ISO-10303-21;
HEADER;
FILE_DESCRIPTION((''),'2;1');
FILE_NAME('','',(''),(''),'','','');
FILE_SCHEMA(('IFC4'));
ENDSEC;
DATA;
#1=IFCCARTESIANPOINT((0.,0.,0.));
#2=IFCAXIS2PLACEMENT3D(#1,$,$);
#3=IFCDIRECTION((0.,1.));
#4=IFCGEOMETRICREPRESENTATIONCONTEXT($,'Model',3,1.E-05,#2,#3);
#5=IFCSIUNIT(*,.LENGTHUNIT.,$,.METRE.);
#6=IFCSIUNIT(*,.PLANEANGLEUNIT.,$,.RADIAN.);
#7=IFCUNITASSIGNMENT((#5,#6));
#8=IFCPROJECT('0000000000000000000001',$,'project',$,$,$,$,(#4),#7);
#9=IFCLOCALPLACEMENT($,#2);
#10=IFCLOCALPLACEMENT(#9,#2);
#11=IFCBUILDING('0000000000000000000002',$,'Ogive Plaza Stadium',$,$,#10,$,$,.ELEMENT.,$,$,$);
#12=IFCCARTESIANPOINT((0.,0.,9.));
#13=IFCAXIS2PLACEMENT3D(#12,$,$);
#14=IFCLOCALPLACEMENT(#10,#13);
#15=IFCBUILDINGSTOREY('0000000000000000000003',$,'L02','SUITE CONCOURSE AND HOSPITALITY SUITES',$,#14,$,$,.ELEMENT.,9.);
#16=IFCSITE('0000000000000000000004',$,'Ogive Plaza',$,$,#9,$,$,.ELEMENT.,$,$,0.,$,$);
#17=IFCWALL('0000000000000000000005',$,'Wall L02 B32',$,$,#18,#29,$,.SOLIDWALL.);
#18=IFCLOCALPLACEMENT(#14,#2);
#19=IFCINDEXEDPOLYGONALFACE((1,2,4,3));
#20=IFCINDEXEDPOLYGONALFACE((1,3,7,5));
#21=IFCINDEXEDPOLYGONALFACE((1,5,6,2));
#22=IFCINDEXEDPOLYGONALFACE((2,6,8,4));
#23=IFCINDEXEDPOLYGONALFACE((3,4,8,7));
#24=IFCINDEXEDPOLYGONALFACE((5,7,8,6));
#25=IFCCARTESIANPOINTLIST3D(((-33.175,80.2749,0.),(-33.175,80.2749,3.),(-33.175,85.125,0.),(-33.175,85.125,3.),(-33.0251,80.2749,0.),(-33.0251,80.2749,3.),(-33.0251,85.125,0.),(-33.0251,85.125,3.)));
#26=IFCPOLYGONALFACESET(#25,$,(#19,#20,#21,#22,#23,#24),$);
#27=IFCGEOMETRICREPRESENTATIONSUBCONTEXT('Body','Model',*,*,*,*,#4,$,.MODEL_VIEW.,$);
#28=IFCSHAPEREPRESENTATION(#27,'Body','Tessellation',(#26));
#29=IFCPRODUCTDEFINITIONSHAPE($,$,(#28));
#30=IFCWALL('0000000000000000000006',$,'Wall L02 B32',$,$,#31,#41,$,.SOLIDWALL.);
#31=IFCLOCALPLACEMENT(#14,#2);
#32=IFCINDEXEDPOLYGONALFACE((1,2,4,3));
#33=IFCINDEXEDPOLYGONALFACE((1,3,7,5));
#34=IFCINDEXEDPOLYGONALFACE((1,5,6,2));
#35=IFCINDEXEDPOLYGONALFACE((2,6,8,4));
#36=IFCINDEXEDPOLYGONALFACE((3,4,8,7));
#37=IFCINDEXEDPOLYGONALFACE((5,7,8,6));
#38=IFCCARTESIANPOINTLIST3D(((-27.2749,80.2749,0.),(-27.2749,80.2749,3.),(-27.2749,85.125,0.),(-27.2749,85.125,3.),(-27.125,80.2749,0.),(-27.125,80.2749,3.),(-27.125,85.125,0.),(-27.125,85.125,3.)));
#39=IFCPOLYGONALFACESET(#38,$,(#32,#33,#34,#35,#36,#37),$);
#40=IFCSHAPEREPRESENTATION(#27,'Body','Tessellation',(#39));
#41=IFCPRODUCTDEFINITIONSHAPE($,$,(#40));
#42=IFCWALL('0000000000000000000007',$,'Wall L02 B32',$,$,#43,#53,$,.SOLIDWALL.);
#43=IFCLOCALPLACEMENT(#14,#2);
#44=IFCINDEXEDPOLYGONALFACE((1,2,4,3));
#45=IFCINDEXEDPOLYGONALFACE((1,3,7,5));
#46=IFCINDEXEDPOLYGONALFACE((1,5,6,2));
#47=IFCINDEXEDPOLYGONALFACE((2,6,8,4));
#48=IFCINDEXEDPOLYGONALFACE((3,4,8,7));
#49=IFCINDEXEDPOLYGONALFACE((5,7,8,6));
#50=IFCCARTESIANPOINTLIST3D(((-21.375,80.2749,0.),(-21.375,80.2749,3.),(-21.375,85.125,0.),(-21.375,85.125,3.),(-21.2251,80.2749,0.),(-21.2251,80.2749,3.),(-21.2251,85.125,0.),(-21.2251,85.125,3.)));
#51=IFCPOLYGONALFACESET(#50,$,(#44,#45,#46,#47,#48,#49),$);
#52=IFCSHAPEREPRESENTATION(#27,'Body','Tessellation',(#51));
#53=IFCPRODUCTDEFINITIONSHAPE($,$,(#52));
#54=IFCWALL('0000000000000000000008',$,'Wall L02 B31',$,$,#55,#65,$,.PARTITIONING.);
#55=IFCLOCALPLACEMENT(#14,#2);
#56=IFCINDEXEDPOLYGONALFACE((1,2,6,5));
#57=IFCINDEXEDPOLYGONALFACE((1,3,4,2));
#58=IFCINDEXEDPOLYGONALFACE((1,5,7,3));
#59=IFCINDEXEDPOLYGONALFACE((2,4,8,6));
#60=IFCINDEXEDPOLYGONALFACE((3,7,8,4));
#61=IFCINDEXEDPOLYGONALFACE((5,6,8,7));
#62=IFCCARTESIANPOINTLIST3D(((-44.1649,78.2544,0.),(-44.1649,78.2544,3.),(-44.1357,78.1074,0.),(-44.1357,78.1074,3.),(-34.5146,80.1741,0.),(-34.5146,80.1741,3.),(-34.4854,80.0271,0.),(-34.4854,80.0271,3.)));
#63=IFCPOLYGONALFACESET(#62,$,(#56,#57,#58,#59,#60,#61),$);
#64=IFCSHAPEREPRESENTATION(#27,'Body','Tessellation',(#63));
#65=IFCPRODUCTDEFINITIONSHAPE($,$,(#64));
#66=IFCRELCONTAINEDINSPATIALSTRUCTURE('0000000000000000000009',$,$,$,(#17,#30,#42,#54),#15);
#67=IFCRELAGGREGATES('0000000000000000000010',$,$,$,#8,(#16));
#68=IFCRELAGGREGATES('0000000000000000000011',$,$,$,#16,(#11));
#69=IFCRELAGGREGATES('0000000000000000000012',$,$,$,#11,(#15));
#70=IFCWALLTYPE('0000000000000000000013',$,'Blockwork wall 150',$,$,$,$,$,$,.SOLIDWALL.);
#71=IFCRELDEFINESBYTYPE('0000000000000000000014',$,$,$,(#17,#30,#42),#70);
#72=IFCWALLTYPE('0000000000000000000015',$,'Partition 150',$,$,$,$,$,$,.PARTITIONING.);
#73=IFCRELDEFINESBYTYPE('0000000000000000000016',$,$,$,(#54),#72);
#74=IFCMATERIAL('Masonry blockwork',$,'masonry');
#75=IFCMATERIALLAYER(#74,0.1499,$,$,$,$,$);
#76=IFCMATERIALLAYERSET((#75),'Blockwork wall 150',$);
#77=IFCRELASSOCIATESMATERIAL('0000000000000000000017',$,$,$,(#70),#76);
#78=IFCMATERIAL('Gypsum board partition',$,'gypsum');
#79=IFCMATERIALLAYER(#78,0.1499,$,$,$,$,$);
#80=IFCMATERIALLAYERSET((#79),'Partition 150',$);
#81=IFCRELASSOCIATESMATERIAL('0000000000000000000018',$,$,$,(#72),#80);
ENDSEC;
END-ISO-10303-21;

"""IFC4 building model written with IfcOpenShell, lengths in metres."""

from ifc_helpers import new_model, si_unit, direction, frame, frame_2d, origin, place, context, subcontext, project, spatial, rectangle, extrude, material, layer, layer_set, type_object, element, save


model = new_model("IFC4")

# Units and contexts
model_context = context("Model", 3, precision=1e-05, world=origin(), true_north=direction((0.0, 1.0)))
body_context = subcontext(model_context, "Body", "Model", "MODEL_VIEW")
ifc_project = project(units=[si_unit("LENGTHUNIT", "METRE"), si_unit("PLANEANGLEUNIT", "RADIAN")], contexts=[model_context])

# Site, building, storey
site_placement = place(None, origin())
site = spatial("IfcSite", under=ifc_project, at=site_placement, Name="Ogive Plaza", CompositionType="ELEMENT", RefElevation=0.0)
building_placement = place(site_placement, origin())
building = spatial("IfcBuilding", under=site, at=building_placement, Name="Ogive Plaza Stadium", CompositionType="ELEMENT")
storey_placement = place(building_placement, frame((0.0, 0.0, 9.0)))
storey = spatial("IfcBuildingStorey", under=building, at=storey_placement, Name="L02", Description="SUITE CONCOURSE AND HOSPITALITY SUITES", CompositionType="ELEMENT", Elevation=9.0)

# Shared definitions
ifc_material_1 = material(Name="Masonry blockwork", Category="masonry")
ifc_layer_1 = layer(ifc_material_1, 0.1499)
ifc_layer_set_1 = layer_set([ifc_layer_1], Name="Blockwork wall 150")
wall_type_1 = type_object("IfcWallType", Name="Blockwork wall 150", PredefinedType="SOLIDWALL", material=ifc_layer_set_1)

# Walls
for number, where, z_axis, x_axis, name in (
    (1, (-33.1001, 80.2749, 0.0), (0.0, 0.0, 1.0), (0.0, 1.0, 0.0), "Wall L02 B32"),
    (2, (-27.2, 80.2749, 0.0), (0.0, 0.0, 1.0), (0.0, 1.0, 0.0), "Wall L02 B32"),
    (3, (-21.3, 80.2749, 0.0), (0.0, 0.0, 1.0), (0.0, 1.0, 0.0), "Wall L02 B32"),
):
    element("IfcWall", number, at=place(storey_placement, frame(where, z_axis=z_axis, x_axis=x_axis)), inside=storey, type_object=wall_type_1, Name=name, PredefinedType="SOLIDWALL", context=body_context, shape_type="SweptSolid", body=[
        extrude(rectangle(XDim=4.8501, YDim=0.1499, at=frame_2d((2.425, 0.0))), origin(), (0.0, 0.0, 1.0), 3.0),
    ])
ifc_material_2 = material(Name="Gypsum board partition", Category="gypsum")
ifc_layer_2 = layer(ifc_material_2, 0.1499)
ifc_layer_set_2 = layer_set([ifc_layer_2], Name="Partition 150")
wall_type_2 = type_object("IfcWallType", Name="Partition 150", PredefinedType="PARTITIONING", material=ifc_layer_set_2)
wall_1_placement = place(storey_placement, frame((-34.5, 80.1006, 0.0), z_axis=(0.0, 0.0, 1.0), x_axis=(-0.980783, -0.1951, 0.0)))
element("IfcWall", 4, at=wall_1_placement, inside=storey, type_object=wall_type_2, Name="Wall L02 B31", PredefinedType="PARTITIONING", context=body_context, shape_type="SweptSolid", body=[
    extrude(rectangle(XDim=9.8394, YDim=0.1499, at=frame_2d((4.9197, 0.0))), origin(), (0.0, 0.0, 1.0), 3.0),
])

save(model, "model.ifc")
